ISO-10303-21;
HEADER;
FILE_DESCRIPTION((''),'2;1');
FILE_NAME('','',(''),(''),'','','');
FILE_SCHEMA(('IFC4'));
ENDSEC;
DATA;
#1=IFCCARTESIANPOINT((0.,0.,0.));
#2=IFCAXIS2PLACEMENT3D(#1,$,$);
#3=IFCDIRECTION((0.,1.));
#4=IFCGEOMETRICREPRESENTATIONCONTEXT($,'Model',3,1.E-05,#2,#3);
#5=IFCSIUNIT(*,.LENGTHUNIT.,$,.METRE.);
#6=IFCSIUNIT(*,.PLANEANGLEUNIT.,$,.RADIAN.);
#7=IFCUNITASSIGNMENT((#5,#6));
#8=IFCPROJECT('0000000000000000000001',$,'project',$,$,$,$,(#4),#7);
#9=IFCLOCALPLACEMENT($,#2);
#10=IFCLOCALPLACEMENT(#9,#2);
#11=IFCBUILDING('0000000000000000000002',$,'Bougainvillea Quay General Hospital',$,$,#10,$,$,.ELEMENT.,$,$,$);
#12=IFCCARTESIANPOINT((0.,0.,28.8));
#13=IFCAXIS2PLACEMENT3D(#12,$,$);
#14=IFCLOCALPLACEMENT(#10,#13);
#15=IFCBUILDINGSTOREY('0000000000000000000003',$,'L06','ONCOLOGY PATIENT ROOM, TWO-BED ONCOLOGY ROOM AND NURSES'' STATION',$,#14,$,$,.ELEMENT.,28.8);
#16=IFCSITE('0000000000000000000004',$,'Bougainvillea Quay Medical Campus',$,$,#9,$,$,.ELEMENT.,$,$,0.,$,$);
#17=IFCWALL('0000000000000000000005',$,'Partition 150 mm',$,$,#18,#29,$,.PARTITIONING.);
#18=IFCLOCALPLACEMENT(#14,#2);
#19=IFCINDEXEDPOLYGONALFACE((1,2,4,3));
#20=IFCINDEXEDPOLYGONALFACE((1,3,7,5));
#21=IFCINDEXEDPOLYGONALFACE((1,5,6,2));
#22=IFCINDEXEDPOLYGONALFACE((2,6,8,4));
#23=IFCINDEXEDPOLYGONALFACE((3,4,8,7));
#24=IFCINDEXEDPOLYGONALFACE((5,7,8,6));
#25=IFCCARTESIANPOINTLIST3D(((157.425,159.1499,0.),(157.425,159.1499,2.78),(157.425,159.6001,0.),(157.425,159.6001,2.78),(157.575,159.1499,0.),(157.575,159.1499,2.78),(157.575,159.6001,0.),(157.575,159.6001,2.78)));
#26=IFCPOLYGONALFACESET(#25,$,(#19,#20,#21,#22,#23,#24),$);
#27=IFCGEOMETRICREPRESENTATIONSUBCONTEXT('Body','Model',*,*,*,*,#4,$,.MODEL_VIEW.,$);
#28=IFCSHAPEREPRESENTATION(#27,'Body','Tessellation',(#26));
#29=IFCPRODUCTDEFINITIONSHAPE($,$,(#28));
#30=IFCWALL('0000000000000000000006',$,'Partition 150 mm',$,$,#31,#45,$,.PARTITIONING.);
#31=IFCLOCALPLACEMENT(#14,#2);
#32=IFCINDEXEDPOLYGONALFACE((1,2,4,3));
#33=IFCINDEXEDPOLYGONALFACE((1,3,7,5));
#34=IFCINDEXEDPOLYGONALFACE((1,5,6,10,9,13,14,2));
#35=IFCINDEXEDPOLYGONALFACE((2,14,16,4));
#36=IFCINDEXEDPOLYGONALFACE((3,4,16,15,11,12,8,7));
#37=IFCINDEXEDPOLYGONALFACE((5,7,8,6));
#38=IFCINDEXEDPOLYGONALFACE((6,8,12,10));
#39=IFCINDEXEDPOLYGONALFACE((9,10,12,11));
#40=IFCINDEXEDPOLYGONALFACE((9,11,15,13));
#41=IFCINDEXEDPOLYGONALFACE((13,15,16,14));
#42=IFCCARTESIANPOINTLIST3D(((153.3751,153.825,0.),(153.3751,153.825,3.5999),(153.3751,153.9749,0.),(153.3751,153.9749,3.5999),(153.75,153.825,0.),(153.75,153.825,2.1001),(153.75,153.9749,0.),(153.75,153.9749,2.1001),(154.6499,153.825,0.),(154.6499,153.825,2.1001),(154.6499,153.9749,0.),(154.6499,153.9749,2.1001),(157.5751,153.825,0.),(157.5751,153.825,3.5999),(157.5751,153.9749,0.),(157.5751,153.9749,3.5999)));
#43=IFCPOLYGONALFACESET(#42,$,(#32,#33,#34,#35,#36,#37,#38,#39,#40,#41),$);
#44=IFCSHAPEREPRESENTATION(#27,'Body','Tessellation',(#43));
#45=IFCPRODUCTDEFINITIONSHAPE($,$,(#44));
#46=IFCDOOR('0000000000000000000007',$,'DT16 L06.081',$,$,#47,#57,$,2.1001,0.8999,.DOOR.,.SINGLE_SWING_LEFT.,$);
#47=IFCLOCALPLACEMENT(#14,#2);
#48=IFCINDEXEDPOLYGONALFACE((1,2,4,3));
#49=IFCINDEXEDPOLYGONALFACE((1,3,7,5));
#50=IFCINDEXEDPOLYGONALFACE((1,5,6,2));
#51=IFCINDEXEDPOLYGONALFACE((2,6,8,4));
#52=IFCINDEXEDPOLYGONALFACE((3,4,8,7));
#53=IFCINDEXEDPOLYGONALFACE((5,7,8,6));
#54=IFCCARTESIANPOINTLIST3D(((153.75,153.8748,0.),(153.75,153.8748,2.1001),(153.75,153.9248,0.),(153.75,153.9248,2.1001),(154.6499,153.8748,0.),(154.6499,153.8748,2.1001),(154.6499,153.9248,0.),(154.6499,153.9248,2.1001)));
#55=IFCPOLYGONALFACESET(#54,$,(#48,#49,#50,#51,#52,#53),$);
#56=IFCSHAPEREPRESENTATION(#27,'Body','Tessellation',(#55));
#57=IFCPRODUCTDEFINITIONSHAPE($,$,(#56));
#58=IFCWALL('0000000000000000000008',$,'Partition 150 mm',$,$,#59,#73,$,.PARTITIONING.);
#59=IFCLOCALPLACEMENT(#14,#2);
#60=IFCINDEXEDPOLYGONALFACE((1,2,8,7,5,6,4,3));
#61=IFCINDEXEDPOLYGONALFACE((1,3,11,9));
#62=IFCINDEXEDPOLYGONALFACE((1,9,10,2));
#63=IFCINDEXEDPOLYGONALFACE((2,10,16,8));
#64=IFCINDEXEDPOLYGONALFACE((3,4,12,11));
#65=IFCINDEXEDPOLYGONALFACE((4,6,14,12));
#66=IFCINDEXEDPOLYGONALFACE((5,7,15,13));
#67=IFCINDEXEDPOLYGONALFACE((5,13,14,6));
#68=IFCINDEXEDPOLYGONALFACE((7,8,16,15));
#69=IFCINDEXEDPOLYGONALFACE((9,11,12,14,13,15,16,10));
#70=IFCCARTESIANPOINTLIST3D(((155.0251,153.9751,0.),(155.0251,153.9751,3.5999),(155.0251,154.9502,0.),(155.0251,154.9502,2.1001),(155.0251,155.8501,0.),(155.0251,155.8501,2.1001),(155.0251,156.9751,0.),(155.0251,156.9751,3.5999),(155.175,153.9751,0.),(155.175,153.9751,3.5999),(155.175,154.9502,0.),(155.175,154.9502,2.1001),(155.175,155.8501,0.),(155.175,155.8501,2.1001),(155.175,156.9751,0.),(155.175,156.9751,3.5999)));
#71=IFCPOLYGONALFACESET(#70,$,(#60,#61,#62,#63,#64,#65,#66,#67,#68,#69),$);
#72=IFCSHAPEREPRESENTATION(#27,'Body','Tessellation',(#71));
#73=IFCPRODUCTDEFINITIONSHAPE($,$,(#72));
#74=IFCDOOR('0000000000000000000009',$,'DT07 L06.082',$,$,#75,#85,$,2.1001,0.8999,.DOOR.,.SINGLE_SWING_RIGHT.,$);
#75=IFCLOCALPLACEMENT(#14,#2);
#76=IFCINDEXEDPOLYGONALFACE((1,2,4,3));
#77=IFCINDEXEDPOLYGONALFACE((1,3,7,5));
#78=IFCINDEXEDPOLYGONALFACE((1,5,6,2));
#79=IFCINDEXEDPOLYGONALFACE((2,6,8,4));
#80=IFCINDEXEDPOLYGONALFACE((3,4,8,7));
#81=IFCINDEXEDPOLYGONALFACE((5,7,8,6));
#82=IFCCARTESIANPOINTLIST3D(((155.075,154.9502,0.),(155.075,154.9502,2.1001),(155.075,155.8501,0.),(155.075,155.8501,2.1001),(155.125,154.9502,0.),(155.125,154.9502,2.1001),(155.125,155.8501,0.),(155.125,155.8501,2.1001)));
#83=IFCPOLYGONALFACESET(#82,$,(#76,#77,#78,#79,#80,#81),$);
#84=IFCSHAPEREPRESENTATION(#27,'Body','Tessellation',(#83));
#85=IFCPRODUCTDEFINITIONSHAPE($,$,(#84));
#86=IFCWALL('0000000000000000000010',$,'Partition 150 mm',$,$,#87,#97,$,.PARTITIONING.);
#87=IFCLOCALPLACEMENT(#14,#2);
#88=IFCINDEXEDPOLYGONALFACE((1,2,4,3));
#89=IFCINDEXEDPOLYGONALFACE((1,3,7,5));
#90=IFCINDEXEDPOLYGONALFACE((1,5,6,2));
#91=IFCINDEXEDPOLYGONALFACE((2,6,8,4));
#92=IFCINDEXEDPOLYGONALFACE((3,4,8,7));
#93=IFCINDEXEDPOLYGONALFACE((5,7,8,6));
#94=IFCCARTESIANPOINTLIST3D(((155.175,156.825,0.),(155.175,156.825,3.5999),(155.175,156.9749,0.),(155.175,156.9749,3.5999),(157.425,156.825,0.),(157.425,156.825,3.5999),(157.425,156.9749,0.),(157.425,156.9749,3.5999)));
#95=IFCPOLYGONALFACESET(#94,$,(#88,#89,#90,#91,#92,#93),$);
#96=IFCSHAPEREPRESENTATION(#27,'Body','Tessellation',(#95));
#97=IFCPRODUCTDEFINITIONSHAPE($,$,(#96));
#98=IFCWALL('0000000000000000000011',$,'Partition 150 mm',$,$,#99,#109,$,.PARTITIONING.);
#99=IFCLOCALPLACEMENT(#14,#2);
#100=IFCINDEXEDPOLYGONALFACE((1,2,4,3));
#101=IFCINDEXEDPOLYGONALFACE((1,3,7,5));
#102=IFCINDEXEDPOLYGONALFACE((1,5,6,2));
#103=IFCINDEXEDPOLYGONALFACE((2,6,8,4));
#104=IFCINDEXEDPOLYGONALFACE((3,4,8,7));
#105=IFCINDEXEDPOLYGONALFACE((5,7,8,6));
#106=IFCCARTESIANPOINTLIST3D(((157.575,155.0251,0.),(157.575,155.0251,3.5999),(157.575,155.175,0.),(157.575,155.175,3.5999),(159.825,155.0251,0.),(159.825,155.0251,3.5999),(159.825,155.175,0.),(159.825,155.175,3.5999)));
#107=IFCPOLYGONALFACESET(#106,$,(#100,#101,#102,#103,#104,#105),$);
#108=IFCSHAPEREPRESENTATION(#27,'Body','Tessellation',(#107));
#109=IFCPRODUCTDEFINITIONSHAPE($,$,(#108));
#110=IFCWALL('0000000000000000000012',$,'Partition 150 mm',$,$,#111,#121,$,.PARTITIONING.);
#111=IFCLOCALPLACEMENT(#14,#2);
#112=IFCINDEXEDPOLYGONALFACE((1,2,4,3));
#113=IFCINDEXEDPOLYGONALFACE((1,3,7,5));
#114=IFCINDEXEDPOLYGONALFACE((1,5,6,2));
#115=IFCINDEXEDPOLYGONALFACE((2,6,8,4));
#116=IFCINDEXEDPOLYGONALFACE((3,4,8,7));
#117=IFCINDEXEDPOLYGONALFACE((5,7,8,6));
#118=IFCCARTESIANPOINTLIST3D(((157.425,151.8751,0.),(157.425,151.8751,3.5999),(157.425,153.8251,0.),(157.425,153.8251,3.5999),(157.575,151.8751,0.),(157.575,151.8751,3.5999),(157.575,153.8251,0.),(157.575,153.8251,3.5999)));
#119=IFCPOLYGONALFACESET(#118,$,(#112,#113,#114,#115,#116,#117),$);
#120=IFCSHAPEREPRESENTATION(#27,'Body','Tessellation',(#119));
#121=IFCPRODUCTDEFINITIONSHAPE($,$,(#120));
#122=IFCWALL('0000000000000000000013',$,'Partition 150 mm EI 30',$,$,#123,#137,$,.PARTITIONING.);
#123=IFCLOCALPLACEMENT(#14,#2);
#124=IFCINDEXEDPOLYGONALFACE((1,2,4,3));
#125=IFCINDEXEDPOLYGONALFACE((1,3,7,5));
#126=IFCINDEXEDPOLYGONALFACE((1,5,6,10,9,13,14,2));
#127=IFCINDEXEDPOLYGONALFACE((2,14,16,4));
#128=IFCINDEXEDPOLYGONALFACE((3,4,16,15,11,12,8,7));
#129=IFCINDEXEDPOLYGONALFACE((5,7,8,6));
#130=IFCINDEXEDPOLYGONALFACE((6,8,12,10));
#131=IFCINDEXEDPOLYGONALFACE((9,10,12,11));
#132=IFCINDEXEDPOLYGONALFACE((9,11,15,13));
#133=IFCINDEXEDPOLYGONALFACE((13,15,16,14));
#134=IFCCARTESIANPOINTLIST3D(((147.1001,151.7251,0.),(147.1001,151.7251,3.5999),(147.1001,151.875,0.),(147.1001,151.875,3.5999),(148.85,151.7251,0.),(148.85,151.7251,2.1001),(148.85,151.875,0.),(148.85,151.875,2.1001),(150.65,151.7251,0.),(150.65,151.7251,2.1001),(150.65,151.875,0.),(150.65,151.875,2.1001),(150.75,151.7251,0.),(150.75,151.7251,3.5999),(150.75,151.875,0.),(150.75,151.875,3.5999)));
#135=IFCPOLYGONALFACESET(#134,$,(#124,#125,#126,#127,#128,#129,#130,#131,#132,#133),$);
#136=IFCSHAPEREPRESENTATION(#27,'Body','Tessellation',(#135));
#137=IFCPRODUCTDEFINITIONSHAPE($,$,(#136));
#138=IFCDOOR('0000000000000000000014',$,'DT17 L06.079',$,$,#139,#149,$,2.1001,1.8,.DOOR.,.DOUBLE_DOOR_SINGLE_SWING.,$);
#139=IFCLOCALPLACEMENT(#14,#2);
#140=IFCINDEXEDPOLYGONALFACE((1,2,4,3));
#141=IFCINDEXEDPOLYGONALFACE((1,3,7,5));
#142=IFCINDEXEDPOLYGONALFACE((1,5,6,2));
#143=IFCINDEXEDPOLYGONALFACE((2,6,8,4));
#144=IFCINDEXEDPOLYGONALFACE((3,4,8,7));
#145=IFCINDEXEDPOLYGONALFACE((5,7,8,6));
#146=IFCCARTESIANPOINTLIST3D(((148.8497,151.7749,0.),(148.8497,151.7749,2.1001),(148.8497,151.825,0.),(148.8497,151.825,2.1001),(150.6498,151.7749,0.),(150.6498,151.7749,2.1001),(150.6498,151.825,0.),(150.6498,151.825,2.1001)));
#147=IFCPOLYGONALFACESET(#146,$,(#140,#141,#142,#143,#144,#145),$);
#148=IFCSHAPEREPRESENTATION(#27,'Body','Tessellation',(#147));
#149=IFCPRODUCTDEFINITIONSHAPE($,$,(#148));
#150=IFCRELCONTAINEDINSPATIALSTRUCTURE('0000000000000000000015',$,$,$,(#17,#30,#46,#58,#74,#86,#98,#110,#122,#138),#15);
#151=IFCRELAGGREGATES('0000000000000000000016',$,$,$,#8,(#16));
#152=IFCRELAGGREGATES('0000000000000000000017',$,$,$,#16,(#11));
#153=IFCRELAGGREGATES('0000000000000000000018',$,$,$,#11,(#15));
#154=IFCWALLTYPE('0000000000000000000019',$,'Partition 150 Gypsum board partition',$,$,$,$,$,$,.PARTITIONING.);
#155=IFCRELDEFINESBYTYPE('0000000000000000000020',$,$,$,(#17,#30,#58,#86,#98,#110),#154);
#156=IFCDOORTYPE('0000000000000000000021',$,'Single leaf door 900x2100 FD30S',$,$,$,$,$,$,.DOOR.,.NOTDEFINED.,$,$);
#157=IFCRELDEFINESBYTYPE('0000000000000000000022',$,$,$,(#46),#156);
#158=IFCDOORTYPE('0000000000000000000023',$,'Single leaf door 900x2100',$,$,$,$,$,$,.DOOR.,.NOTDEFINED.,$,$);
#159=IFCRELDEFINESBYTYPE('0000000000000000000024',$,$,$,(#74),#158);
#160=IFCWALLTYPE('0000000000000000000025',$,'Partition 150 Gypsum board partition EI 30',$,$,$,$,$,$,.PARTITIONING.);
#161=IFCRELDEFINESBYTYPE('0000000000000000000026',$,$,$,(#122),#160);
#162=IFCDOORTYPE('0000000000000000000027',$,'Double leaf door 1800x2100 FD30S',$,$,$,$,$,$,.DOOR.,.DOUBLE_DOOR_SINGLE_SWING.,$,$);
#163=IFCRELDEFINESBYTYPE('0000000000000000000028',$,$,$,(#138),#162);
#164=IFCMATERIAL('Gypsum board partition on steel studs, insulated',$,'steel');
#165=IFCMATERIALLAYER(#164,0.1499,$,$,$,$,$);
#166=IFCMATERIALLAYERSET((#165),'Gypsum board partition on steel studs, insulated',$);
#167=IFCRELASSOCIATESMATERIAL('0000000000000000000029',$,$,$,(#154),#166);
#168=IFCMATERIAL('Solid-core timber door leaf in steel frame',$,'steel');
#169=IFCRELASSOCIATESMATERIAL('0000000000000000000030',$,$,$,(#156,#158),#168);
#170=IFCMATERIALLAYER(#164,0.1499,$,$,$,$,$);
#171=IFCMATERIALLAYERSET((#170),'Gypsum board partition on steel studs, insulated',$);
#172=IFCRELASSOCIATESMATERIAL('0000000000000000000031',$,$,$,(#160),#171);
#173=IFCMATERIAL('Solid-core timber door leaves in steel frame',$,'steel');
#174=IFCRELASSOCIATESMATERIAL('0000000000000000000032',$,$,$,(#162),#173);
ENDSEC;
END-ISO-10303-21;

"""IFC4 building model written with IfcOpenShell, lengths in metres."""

from ifc_helpers import new_model, si_unit, direction, frame, frame_2d, origin, place, context, subcontext, project, spatial, rectangle, extrude, material, layer, layer_set, type_object, element, fill, save


model = new_model("IFC4")

# Units and contexts
model_context = context("Model", 3, precision=1e-05, world=origin(), true_north=direction((0.0, 1.0)))
body_context = subcontext(model_context, "Body", "Model", "MODEL_VIEW")
ifc_project = project(units=[si_unit("LENGTHUNIT", "METRE"), si_unit("PLANEANGLEUNIT", "RADIAN")], contexts=[model_context])

# Site, building, storey
site_placement = place(None, origin())
site = spatial("IfcSite", under=ifc_project, at=site_placement, Name="Bougainvillea Quay Medical Campus", CompositionType="ELEMENT", RefElevation=0.0)
building_placement = place(site_placement, origin())
building = spatial("IfcBuilding", under=site, at=building_placement, Name="Bougainvillea Quay General Hospital", CompositionType="ELEMENT")
storey_placement = place(building_placement, frame((0.0, 0.0, 28.8)))
storey = spatial("IfcBuildingStorey", under=building, at=storey_placement, Name="L06", Description="ONCOLOGY PATIENT ROOM, TWO-BED ONCOLOGY ROOM AND NURSES' STATION", CompositionType="ELEMENT", Elevation=28.8)

# Wall
ifc_material_1 = material(Name="Gypsum board partition on steel studs, insulated", Category="steel")
ifc_layer_1 = layer(ifc_material_1, 0.1499)
ifc_layer_set_1 = layer_set([ifc_layer_1], Name="Gypsum board partition on steel studs, insulated")
wall_type_1 = type_object("IfcWallType", Name="Partition 150 Gypsum board partition", PredefinedType="PARTITIONING", material=ifc_layer_set_1)
wall_1_placement = place(storey_placement, frame((157.5, 159.1499, 0.0), z_axis=(0.0, 0.0, 1.0), x_axis=(0.0, 1.0, 0.0)))
element("IfcWall", 1, at=wall_1_placement, inside=storey, type_object=wall_type_1, Name="Partition 150 mm", PredefinedType="PARTITIONING", context=body_context, shape_type="SweptSolid", body=[
    extrude(rectangle(XDim=0.4502, YDim=0.1499, at=frame_2d((0.2251, 0.0))), origin(), (0.0, 0.0, 1.0), 2.78),
])

# Walls, openings, doors
wall_2_placement = place(storey_placement, frame((153.375, 153.8999, 0.0), z_axis=(0.0, 0.0, 1.0), x_axis=(1.0, 0.0, 0.0)))
wall_2 = element("IfcWall", 2, at=wall_2_placement, inside=storey, type_object=wall_type_1, Name="Partition 150 mm", PredefinedType="PARTITIONING", context=body_context, shape_type="SweptSolid", body=[
    extrude(rectangle(XDim=4.2, YDim=0.1499, at=frame_2d((2.1001, 0.0))), origin(), (0.0, 0.0, 1.0), 3.5999),
])
opening_1_placement = place(wall_2_placement, frame((0.375, 0.0, 0.0)))
opening_1 = element("IfcOpeningElement", 3, at=opening_1_placement, cuts=wall_2, PredefinedType="OPENING", context=body_context, shape_type="SweptSolid", body=[
    extrude(rectangle(XDim=0.8999, YDim=2.1001, at=frame_2d((0.45, 1.05))), frame((0.0, 0.085, 0.0), z_axis=(0.0, -1.0, 0.0), x_axis=(1.0, 0.0, 0.0)), (0.0, 0.0, 1.0), 0.1699),
])
ifc_material_2 = material(Name="Solid-core timber door leaf in steel frame", Category="steel")
door_type_1 = type_object("IfcDoorType", Name="Single leaf door 900x2100 FD30S", OperationType="NOTDEFINED", PredefinedType="DOOR", material=ifc_material_2)
door_1_placement = place(opening_1_placement, origin())
door_1 = element("IfcDoor", 4, at=door_1_placement, inside=storey, type_object=door_type_1, Name="DT16 L06.081", OperationType="SINGLE_SWING_LEFT", OverallHeight=2.1001, OverallWidth=0.8999, PredefinedType="DOOR", context=body_context, shape_type="SweptSolid", body=[
    extrude(rectangle(XDim=0.8999, YDim=2.1001, at=frame_2d((0.45, 1.05))), frame((0.0, 0.0249, 0.0), z_axis=(0.0, -1.0, 0.0), x_axis=(1.0, 0.0, 0.0)), (0.0, 0.0, 1.0), 0.05),
])
fill(opening_1, door_1)
wall_3_placement = place(storey_placement, frame((155.1001, 153.9751, 0.0), z_axis=(0.0, 0.0, 1.0), x_axis=(0.0, 1.0, 0.0)))
wall_3 = element("IfcWall", 5, at=wall_3_placement, inside=storey, type_object=wall_type_1, Name="Partition 150 mm", PredefinedType="PARTITIONING", context=body_context, shape_type="SweptSolid", body=[
    extrude(rectangle(XDim=3.0, YDim=0.1499, at=frame_2d((1.5, 0.0))), origin(), (0.0, 0.0, 1.0), 3.5999),
])
opening_2_placement = place(wall_3_placement, frame((0.9751, 0.0, 0.0)))
opening_2 = element("IfcOpeningElement", 6, at=opening_2_placement, cuts=wall_3, PredefinedType="OPENING", context=body_context, shape_type="SweptSolid", body=[
    extrude(rectangle(XDim=0.8999, YDim=2.1001, at=frame_2d((0.45, 1.05))), frame((0.0, 0.085, 0.0), z_axis=(0.0, -1.0, 0.0), x_axis=(1.0, 0.0, 0.0)), (0.0, 0.0, 1.0), 0.1699),
])
door_type_2 = type_object("IfcDoorType", Name="Single leaf door 900x2100", OperationType="NOTDEFINED", PredefinedType="DOOR", material=ifc_material_2)
door_2_placement = place(opening_2_placement, frame((0.8999, 0.0, 0.0), z_axis=(0.0, 0.0, 1.0), x_axis=(-1.0, 0.0, 0.0)))
door_2 = element("IfcDoor", 7, at=door_2_placement, inside=storey, type_object=door_type_2, Name="DT07 L06.082", OperationType="SINGLE_SWING_RIGHT", OverallHeight=2.1001, OverallWidth=0.8999, PredefinedType="DOOR", context=body_context, shape_type="SweptSolid", body=[
    extrude(rectangle(XDim=0.8999, YDim=2.1001, at=frame_2d((0.45, 1.05))), frame((0.0, 0.0249, 0.0), z_axis=(0.0, -1.0, 0.0), x_axis=(1.0, 0.0, 0.0)), (0.0, 0.0, 1.0), 0.05),
])
fill(opening_2, door_2)

# Walls
for number, where, z_axis, x_axis, name in (
    (8, (155.175, 156.8999, 0.0), (0.0, 0.0, 1.0), (1.0, 0.0, 0.0), "Partition 150 mm"),
    (9, (157.575, 155.1001, 0.0), (0.0, 0.0, 1.0), (1.0, 0.0, 0.0), "Partition 150 mm"),
):
    element("IfcWall", number, at=place(storey_placement, frame(where, z_axis=z_axis, x_axis=x_axis)), inside=storey, type_object=wall_type_1, Name=name, PredefinedType="PARTITIONING", context=body_context, shape_type="SweptSolid", body=[
        extrude(rectangle(XDim=2.25, YDim=0.1499, at=frame_2d((1.125, 0.0))), origin(), (0.0, 0.0, 1.0), 3.5999),
    ])
wall_4_placement = place(storey_placement, frame((157.5, 151.875, 0.0), z_axis=(0.0, 0.0, 1.0), x_axis=(0.0, 1.0, 0.0)))
element("IfcWall", 10, at=wall_4_placement, inside=storey, type_object=wall_type_1, Name="Partition 150 mm", PredefinedType="PARTITIONING", context=body_context, shape_type="SweptSolid", body=[
    extrude(rectangle(XDim=1.95, YDim=0.1499, at=frame_2d((0.9751, 0.0))), origin(), (0.0, 0.0, 1.0), 3.5999),
])

# Wall, opening, door
ifc_layer_2 = layer(ifc_material_1, 0.1499)
ifc_layer_set_2 = layer_set([ifc_layer_2], Name="Gypsum board partition on steel studs, insulated")
wall_type_2 = type_object("IfcWallType", Name="Partition 150 Gypsum board partition EI 30", PredefinedType="PARTITIONING", material=ifc_layer_set_2)
wall_5_placement = place(storey_placement, frame((150.75, 151.8, 0.0), z_axis=(0.0, 0.0, 1.0), x_axis=(-1.0, 0.0, 0.0)))
wall_5 = element("IfcWall", 11, at=wall_5_placement, inside=storey, type_object=wall_type_2, Name="Partition 150 mm EI 30", PredefinedType="PARTITIONING", context=body_context, shape_type="SweptSolid", body=[
    extrude(rectangle(XDim=3.6499, YDim=0.1499, at=frame_2d((1.825, 0.0))), origin(), (0.0, 0.0, 1.0), 3.5999),
])
opening_3_placement = place(wall_5_placement, frame((0.1001, 0.0, 0.0)))
opening_3 = element("IfcOpeningElement", 12, at=opening_3_placement, cuts=wall_5, PredefinedType="OPENING", context=body_context, shape_type="SweptSolid", body=[
    extrude(rectangle(XDim=1.8, YDim=2.1001, at=frame_2d((0.8999, 1.05))), frame((0.0, 0.085, 0.0), z_axis=(0.0, -1.0, 0.0), x_axis=(1.0, 0.0, 0.0)), (0.0, 0.0, 1.0), 0.1699),
])
ifc_material_3 = material(Name="Solid-core timber door leaves in steel frame", Category="steel")
door_type_3 = type_object("IfcDoorType", Name="Double leaf door 1800x2100 FD30S", OperationType="DOUBLE_DOOR_SINGLE_SWING", PredefinedType="DOOR", material=ifc_material_3)
door_3_placement = place(opening_3_placement, frame((1.8, 0.0, 0.0), z_axis=(0.0, 0.0, 1.0), x_axis=(-1.0, 0.0, 0.0)))
door_3 = element("IfcDoor", 13, at=door_3_placement, inside=storey, type_object=door_type_3, Name="DT17 L06.079", OperationType="DOUBLE_DOOR_SINGLE_SWING", OverallHeight=2.1001, OverallWidth=1.8, PredefinedType="DOOR", context=body_context, shape_type="SweptSolid", body=[
    extrude(rectangle(XDim=1.8, YDim=2.1001, at=frame_2d((0.8999, 1.05))), frame((0.0, 0.0249, 0.0), z_axis=(0.0, -1.0, 0.0), x_axis=(1.0, 0.0, 0.0)), (0.0, 0.0, 1.0), 0.05),
])
fill(opening_3, door_3)

save(model, "model.ifc")
